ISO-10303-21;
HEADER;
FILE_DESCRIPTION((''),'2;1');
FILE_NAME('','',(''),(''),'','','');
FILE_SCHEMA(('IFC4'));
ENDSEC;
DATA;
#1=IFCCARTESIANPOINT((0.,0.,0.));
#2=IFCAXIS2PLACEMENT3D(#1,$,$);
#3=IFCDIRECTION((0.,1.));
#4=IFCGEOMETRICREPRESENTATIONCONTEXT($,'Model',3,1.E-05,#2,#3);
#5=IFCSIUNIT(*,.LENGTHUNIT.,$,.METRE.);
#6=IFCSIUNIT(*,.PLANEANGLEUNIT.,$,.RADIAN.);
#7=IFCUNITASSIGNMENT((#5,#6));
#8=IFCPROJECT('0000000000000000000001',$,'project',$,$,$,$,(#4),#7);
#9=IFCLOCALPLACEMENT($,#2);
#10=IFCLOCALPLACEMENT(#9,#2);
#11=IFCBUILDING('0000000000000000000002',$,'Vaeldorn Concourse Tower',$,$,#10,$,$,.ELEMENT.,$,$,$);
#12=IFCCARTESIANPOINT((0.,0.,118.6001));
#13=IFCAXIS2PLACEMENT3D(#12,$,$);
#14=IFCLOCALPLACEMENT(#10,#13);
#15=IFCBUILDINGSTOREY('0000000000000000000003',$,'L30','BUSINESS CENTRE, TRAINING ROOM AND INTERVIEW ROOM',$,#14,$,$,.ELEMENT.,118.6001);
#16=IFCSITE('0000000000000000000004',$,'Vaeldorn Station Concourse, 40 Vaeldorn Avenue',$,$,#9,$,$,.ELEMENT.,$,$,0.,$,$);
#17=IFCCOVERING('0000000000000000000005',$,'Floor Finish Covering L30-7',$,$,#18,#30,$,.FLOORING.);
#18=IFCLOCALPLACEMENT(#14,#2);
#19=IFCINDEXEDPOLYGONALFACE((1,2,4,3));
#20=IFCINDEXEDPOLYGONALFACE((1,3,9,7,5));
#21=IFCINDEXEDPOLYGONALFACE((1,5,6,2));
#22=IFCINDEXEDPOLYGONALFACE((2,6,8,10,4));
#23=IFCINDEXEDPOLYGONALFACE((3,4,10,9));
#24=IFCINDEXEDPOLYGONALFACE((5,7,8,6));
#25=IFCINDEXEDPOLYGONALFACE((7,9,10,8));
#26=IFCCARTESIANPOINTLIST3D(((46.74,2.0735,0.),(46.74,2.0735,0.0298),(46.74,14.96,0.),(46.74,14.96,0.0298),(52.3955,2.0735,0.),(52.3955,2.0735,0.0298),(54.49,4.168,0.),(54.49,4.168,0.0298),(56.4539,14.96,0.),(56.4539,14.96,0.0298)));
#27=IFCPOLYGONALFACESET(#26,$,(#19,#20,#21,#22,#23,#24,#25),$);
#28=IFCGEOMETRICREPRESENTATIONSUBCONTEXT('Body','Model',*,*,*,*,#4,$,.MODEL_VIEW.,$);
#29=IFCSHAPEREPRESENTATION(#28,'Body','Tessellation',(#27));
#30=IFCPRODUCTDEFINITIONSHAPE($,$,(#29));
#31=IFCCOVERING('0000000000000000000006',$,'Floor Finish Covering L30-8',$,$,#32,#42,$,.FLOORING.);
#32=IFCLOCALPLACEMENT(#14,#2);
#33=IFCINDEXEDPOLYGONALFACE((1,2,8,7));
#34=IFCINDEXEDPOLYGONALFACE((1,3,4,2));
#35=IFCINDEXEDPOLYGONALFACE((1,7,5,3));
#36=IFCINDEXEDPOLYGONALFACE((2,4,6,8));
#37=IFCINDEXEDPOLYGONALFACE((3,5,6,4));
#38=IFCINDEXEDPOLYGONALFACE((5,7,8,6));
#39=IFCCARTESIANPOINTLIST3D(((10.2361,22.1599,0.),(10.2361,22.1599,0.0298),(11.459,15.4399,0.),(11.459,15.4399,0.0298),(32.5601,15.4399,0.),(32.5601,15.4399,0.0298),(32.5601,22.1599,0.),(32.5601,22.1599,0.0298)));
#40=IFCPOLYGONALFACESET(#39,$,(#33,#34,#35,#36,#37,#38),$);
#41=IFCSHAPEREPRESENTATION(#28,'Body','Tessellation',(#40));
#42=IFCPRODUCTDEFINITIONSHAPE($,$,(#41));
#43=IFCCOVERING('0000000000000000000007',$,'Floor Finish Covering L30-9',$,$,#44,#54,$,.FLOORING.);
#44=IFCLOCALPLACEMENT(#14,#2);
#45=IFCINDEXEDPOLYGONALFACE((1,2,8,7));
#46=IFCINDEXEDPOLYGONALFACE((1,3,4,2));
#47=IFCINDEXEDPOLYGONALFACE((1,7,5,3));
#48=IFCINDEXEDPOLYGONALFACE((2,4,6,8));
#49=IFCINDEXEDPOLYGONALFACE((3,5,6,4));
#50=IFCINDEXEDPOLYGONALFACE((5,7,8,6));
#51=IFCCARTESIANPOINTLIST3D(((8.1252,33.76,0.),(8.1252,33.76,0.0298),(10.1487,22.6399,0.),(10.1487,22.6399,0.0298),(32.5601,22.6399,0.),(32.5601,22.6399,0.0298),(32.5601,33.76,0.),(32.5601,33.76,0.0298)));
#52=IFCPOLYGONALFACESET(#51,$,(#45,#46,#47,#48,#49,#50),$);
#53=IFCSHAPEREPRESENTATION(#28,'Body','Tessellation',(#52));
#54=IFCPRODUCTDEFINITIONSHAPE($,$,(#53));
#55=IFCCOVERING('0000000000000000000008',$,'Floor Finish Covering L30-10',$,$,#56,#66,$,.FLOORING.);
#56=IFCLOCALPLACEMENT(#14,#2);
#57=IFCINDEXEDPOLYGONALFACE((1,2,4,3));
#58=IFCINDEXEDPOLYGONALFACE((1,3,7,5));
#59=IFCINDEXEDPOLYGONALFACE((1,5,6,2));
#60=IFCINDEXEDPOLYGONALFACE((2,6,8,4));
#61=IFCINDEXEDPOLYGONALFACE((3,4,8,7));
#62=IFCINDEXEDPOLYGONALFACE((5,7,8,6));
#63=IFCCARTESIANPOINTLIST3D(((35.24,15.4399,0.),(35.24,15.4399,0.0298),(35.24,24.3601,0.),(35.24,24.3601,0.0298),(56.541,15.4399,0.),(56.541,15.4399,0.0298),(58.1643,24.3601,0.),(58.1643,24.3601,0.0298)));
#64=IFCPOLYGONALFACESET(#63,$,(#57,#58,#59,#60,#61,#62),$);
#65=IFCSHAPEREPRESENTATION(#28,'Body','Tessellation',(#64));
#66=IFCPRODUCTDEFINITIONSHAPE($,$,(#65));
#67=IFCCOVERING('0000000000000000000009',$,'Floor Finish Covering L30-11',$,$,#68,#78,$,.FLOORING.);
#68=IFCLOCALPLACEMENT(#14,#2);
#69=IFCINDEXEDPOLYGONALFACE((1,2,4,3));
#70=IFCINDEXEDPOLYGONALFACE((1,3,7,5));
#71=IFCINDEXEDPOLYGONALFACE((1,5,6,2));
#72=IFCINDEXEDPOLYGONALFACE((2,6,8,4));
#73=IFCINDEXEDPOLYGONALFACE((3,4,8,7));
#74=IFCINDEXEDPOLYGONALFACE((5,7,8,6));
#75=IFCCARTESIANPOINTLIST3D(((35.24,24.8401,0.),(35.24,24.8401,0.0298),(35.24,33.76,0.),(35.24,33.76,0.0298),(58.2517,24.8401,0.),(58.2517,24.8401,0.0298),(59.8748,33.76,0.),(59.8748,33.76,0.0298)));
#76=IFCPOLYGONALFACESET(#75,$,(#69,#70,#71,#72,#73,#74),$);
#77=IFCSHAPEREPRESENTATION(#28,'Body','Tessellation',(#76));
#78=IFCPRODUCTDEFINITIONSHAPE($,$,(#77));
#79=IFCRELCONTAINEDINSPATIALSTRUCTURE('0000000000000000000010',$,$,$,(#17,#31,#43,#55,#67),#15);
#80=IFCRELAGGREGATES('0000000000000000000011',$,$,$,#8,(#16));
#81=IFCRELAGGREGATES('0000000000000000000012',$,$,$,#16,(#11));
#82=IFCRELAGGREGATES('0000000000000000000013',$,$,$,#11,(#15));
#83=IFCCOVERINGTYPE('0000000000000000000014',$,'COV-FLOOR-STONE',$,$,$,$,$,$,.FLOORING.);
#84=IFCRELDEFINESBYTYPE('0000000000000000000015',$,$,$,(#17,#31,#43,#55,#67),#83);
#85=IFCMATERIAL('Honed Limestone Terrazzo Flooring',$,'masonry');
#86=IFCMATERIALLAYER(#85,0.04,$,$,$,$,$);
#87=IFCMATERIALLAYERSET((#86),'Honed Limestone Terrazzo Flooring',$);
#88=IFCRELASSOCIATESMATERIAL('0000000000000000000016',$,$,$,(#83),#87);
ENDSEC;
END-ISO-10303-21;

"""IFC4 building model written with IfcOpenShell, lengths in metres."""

from ifc_helpers import new_model, si_unit, direction, frame, origin, place, context, subcontext, project, spatial, polyline, outline, extrude, material, layer, layer_set, type_object, element, save


model = new_model("IFC4")

# Units and contexts
model_context = context("Model", 3, precision=1e-05, world=origin(), true_north=direction((0.0, 1.0)))
body_context = subcontext(model_context, "Body", "Model", "MODEL_VIEW")
ifc_project = project(units=[si_unit("LENGTHUNIT", "METRE"), si_unit("PLANEANGLEUNIT", "RADIAN")], contexts=[model_context])

# Site, building, storey
site_placement = place(None, origin())
site = spatial("IfcSite", under=ifc_project, at=site_placement, Name="Vaeldorn Station Concourse, 40 Vaeldorn Avenue", CompositionType="ELEMENT", RefElevation=0.0)
building_placement = place(site_placement, origin())
building = spatial("IfcBuilding", under=site, at=building_placement, Name="Vaeldorn Concourse Tower", CompositionType="ELEMENT")
storey_placement = place(building_placement, frame((0.0, 0.0, 118.6001)))
storey = spatial("IfcBuildingStorey", under=building, at=storey_placement, Name="L30", Description="BUSINESS CENTRE, TRAINING ROOM AND INTERVIEW ROOM", CompositionType="ELEMENT", Elevation=118.6001)

# Coverings
ifc_material_1 = material(Name="Honed Limestone Terrazzo Flooring", Category="masonry")
ifc_layer_1 = layer(ifc_material_1, 0.04)
ifc_layer_set_1 = layer_set([ifc_layer_1], Name="Honed Limestone Terrazzo Flooring")
covering_type_1 = type_object("IfcCoveringType", Name="COV-FLOOR-STONE", PredefinedType="FLOORING", material=ifc_layer_set_1)
covering_1_placement = place(storey_placement, origin())
element("IfcCovering", 1, at=covering_1_placement, inside=storey, type_object=covering_type_1, Name="Floor Finish Covering L30-7", PredefinedType="FLOORING", context=body_context, shape_type="SweptSolid", body=[
    extrude(outline(polyline([(52.3955, 2.0735), (46.74, 2.0735), (46.74, 14.96), (56.4539, 14.96), (54.49, 4.168), (52.3955, 2.0735)])), origin(), (0.0, 0.0, 1.0), 0.0298),
])
covering_2_placement = place(storey_placement, origin())
element("IfcCovering", 2, at=covering_2_placement, inside=storey, type_object=covering_type_1, Name="Floor Finish Covering L30-8", PredefinedType="FLOORING", context=body_context, shape_type="SweptSolid", body=[
    extrude(outline(polyline([(32.5601, 22.1599), (32.5601, 15.4399), (11.459, 15.4399), (10.2361, 22.1599), (32.5601, 22.1599)])), origin(), (0.0, 0.0, 1.0), 0.0298),
])
covering_3_placement = place(storey_placement, origin())
element("IfcCovering", 3, at=covering_3_placement, inside=storey, type_object=covering_type_1, Name="Floor Finish Covering L30-9", PredefinedType="FLOORING", context=body_context, shape_type="SweptSolid", body=[
    extrude(outline(polyline([(32.5601, 33.76), (32.5601, 22.6399), (10.1487, 22.6399), (8.1252, 33.76), (32.5601, 33.76)])), origin(), (0.0, 0.0, 1.0), 0.0298),
])
covering_4_placement = place(storey_placement, origin())
element("IfcCovering", 4, at=covering_4_placement, inside=storey, type_object=covering_type_1, Name="Floor Finish Covering L30-10", PredefinedType="FLOORING", context=body_context, shape_type="SweptSolid", body=[
    extrude(outline(polyline([(35.24, 15.4399), (35.24, 24.3601), (58.1643, 24.3601), (56.541, 15.4399), (35.24, 15.4399)])), origin(), (0.0, 0.0, 1.0), 0.0298),
])
covering_5_placement = place(storey_placement, origin())
element("IfcCovering", 5, at=covering_5_placement, inside=storey, type_object=covering_type_1, Name="Floor Finish Covering L30-11", PredefinedType="FLOORING", context=body_context, shape_type="SweptSolid", body=[
    extrude(outline(polyline([(35.24, 24.8401), (35.24, 33.76), (59.8748, 33.76), (58.2517, 24.8401), (35.24, 24.8401)])), origin(), (0.0, 0.0, 1.0), 0.0298),
])

save(model, "model.ifc")
